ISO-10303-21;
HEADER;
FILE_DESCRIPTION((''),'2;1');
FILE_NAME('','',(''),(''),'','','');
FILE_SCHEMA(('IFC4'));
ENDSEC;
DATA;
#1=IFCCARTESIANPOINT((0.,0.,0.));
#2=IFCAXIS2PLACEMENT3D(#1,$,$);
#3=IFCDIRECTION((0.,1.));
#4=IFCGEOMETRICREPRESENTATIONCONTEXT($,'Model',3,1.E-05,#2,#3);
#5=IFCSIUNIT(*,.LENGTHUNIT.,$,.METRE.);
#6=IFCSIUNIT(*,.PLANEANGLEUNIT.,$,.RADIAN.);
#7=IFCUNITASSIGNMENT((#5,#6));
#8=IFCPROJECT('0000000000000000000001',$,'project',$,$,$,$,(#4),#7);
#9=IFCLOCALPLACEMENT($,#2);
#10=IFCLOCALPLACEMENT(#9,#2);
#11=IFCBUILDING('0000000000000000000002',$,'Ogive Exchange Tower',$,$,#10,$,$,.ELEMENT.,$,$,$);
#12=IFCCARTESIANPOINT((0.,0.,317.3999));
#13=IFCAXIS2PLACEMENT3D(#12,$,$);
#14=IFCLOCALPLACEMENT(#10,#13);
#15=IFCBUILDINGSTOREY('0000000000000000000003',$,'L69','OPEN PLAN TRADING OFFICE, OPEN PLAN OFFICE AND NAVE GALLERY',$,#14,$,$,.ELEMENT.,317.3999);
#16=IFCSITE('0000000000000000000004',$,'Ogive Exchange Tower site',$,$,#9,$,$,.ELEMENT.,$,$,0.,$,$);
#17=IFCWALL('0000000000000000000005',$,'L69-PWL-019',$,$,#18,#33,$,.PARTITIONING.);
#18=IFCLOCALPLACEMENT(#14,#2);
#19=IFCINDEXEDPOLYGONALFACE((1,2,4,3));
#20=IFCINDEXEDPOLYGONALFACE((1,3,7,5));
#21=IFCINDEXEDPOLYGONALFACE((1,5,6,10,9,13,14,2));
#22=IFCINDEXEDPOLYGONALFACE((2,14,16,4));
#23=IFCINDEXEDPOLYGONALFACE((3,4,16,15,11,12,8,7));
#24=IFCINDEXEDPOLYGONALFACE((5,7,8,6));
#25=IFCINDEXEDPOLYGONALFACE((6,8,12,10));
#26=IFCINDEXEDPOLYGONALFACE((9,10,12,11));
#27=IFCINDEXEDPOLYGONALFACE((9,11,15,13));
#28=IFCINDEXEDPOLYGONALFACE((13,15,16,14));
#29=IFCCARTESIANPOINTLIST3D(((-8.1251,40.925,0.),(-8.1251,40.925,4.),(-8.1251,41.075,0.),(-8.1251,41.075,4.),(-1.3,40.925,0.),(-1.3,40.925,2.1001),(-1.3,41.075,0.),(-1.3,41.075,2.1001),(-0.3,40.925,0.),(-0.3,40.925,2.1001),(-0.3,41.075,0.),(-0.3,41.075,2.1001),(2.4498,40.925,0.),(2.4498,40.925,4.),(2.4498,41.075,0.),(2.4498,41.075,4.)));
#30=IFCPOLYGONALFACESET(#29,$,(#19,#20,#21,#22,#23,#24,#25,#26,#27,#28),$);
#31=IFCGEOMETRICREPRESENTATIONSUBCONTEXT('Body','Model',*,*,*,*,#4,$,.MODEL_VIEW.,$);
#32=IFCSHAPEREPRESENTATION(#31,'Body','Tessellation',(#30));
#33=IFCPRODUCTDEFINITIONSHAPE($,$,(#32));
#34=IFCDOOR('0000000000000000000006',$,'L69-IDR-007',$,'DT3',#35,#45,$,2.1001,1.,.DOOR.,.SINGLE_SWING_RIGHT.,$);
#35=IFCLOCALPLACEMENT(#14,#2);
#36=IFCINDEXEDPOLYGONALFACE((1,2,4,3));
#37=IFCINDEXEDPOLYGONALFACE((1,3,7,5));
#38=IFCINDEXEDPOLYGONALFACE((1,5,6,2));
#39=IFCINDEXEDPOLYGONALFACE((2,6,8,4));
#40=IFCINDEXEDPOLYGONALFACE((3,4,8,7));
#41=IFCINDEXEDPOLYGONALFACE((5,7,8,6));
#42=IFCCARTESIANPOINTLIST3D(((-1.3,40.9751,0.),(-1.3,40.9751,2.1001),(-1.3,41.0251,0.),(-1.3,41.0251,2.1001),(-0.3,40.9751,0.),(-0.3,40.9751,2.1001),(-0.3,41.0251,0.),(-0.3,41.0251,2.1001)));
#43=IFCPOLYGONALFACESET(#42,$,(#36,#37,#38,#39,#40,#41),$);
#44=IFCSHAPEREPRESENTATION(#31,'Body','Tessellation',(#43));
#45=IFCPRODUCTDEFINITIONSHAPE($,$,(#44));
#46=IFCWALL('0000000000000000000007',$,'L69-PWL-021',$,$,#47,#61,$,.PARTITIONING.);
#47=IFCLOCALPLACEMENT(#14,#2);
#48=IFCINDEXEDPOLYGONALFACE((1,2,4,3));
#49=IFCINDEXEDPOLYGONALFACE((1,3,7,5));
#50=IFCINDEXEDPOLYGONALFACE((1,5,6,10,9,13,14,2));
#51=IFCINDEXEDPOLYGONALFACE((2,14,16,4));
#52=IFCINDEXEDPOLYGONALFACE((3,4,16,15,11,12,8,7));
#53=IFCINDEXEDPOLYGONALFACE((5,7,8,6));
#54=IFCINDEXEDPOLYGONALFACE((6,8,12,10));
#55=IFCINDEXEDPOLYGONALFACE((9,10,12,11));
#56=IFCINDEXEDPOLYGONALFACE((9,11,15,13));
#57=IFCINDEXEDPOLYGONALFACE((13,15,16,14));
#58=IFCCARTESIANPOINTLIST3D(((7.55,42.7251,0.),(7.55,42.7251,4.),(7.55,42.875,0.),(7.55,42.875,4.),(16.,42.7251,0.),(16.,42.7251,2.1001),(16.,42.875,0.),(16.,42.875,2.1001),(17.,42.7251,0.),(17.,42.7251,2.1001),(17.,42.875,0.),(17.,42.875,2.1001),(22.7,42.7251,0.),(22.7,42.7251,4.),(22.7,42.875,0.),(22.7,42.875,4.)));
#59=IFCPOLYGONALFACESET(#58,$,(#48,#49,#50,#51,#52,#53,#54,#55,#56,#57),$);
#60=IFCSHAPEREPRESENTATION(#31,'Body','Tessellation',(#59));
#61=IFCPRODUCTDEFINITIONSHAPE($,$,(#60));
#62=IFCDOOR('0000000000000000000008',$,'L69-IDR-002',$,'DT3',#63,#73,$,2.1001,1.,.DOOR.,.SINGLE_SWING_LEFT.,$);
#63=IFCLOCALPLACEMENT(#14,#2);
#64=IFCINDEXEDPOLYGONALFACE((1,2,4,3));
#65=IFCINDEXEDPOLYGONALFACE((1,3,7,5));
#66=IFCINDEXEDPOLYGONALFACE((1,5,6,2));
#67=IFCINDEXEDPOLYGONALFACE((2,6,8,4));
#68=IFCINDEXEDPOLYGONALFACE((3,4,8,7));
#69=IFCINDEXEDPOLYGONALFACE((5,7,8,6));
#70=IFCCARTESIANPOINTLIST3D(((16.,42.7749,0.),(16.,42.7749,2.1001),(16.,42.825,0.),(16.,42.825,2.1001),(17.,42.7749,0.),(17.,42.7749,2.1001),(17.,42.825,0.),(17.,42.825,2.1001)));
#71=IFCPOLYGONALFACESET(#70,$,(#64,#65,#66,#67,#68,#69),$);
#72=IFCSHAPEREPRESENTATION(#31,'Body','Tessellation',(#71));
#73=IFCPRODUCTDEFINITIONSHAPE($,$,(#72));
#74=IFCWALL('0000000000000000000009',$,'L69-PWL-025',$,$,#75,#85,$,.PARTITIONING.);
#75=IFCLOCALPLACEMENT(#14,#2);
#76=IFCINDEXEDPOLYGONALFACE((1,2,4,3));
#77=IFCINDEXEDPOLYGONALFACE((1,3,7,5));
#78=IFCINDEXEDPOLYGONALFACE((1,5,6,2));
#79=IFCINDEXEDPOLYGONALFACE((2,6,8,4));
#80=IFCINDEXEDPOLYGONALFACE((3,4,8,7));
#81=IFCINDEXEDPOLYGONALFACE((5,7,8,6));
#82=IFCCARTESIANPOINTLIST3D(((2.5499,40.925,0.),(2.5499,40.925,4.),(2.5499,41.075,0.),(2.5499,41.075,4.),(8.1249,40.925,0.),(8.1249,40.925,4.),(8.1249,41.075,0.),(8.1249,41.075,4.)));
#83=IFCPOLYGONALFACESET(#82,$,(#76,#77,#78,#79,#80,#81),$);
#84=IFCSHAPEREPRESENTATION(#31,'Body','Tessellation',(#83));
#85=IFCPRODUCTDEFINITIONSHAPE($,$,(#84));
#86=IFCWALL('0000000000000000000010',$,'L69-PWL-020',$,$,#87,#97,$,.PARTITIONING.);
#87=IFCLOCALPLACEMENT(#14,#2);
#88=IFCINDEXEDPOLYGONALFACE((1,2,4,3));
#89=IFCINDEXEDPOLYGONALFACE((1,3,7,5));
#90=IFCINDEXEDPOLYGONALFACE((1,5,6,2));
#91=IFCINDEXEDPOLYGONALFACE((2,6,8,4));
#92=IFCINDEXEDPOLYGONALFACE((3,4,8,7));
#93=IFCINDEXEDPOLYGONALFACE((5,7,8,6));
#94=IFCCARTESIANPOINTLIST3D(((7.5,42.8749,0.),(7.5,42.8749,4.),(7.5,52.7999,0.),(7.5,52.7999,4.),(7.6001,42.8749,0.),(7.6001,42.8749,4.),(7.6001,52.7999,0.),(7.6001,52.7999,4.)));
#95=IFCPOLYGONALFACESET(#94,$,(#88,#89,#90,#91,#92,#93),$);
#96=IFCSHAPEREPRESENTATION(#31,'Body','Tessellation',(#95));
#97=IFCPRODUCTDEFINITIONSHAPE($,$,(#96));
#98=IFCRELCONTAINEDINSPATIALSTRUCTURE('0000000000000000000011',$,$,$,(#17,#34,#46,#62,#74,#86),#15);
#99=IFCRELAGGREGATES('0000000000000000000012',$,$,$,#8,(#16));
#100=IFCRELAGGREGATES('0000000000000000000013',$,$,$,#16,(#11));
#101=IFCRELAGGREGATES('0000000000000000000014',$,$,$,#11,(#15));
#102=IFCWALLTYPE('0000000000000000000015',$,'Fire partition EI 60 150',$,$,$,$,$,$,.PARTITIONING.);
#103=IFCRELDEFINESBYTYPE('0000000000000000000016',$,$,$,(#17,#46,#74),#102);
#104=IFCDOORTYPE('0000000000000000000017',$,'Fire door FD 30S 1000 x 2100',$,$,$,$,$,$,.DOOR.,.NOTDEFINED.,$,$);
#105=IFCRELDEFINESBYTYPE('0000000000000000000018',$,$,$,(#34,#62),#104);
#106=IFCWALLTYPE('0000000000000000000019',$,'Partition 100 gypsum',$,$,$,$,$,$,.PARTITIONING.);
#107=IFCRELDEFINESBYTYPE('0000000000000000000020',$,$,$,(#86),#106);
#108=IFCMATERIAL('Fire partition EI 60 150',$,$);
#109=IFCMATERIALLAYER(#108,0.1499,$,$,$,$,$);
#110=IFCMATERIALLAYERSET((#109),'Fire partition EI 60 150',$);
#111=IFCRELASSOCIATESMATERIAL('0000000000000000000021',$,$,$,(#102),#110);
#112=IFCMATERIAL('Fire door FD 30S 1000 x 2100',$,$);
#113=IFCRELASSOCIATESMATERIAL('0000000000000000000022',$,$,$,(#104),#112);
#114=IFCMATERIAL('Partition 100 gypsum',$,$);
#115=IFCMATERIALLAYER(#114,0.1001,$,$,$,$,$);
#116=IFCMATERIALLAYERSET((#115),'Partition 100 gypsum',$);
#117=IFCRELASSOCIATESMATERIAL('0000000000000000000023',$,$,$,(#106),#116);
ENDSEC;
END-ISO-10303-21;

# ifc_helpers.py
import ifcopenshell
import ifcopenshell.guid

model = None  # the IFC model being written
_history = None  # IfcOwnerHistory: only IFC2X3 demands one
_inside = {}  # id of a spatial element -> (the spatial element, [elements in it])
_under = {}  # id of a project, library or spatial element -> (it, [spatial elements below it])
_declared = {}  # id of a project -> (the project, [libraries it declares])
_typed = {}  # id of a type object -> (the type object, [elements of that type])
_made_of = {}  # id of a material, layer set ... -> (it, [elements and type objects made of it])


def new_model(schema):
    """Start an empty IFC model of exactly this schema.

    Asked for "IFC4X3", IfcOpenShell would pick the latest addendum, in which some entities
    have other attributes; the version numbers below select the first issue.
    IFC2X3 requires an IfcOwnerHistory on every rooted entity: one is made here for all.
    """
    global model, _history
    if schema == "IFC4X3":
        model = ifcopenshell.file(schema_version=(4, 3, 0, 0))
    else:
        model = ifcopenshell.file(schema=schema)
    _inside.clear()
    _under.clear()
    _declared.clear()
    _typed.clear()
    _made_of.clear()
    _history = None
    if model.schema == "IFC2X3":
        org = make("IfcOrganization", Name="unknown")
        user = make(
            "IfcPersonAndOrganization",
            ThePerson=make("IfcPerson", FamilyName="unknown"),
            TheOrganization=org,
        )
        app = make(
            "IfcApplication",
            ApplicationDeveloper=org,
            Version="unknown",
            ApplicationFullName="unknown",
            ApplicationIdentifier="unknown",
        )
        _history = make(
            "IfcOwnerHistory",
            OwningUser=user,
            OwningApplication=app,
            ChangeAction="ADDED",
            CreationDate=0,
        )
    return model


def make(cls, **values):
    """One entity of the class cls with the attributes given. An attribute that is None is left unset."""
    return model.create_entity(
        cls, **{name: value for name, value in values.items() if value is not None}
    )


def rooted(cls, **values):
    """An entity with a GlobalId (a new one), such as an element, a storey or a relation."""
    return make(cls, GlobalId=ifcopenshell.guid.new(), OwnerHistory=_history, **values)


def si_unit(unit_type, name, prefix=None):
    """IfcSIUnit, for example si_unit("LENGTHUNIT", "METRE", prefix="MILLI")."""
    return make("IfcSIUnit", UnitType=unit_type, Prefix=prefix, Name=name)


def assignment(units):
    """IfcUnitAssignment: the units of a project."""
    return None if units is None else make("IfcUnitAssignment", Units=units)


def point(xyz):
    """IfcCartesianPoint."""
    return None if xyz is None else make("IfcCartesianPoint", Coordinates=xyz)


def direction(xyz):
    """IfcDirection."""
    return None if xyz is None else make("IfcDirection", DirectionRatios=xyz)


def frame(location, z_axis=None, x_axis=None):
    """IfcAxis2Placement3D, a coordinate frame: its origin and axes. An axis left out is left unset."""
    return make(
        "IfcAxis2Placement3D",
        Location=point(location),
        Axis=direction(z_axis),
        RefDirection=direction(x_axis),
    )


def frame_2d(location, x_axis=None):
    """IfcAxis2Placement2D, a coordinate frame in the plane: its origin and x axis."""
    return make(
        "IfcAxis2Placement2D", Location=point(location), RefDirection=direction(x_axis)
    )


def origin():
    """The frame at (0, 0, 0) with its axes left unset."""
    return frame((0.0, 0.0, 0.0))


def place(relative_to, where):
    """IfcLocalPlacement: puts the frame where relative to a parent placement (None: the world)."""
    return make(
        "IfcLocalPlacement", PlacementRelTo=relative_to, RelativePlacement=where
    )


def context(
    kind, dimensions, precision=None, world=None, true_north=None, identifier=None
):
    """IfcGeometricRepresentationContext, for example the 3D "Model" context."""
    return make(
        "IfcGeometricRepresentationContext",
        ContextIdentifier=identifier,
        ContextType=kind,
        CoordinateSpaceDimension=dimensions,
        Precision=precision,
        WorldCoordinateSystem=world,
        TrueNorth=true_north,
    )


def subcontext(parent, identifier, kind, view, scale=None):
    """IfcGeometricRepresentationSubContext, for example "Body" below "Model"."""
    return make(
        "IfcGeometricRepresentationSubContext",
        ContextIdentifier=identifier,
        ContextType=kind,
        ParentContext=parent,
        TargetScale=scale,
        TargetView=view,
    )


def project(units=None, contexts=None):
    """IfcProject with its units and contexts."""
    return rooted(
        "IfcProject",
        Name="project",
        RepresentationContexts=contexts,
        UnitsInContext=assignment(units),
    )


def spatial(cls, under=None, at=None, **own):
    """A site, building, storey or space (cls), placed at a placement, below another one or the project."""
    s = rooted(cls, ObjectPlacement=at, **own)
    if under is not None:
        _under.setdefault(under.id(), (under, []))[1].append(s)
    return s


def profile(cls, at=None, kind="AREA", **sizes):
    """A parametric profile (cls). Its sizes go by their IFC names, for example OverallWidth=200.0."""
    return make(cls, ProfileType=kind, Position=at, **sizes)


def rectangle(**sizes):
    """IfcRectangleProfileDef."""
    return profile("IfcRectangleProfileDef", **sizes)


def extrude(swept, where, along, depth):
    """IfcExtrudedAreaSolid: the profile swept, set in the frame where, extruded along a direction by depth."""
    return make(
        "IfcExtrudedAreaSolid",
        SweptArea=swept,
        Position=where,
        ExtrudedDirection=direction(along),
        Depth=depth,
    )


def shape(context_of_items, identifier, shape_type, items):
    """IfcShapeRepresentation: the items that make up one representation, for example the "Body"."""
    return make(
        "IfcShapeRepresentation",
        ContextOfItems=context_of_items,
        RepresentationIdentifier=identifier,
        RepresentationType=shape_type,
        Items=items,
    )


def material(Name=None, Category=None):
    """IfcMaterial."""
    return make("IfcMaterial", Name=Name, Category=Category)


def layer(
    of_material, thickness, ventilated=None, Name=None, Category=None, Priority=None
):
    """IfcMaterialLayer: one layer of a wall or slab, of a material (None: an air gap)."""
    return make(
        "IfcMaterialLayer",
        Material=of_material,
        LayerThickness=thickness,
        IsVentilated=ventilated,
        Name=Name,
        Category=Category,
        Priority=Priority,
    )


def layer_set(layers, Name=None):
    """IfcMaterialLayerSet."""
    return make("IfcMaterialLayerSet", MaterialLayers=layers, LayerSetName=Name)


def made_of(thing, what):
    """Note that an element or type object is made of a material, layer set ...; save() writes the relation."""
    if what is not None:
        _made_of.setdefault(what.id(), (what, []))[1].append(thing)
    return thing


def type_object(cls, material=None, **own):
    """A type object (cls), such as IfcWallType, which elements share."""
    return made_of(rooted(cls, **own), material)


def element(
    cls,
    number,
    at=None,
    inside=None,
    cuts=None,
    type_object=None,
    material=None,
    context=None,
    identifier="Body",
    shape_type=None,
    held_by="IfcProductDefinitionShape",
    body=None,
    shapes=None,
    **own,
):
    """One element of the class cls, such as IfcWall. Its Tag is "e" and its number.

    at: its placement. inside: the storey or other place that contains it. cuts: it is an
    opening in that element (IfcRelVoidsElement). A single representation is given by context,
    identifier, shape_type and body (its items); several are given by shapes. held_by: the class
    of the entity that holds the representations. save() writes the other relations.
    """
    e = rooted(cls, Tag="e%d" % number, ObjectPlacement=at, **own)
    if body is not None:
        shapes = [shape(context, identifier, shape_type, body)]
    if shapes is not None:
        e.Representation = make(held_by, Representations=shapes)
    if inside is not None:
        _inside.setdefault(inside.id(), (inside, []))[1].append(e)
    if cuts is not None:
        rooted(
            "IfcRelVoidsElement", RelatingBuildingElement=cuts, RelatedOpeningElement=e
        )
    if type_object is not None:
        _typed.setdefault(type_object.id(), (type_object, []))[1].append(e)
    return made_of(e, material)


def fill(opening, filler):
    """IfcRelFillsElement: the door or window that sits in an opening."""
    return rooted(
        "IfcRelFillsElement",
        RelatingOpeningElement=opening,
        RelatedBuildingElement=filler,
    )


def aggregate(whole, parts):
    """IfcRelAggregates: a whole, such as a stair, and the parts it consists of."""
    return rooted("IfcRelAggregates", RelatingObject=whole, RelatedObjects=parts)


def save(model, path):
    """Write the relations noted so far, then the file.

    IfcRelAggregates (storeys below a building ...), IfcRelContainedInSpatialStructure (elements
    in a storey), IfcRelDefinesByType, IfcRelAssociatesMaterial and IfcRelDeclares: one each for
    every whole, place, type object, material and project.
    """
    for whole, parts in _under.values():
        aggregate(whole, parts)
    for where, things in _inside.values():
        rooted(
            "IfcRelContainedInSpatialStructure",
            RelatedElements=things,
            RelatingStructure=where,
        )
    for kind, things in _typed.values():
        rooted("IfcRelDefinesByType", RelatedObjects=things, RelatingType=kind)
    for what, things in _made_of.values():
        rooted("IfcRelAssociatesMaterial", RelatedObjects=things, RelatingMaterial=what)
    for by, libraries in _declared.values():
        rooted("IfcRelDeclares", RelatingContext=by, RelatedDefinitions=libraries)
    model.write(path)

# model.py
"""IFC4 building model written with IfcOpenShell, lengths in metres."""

from ifc_helpers import new_model, si_unit, direction, frame, frame_2d, origin, place, context, subcontext, project, spatial, rectangle, extrude, material, layer, layer_set, type_object, element, fill, save


model = new_model("IFC4")

# Units and contexts
model_context = context("Model", 3, precision=1e-05, world=origin(), true_north=direction((0.0, 1.0)))
body_context = subcontext(model_context, "Body", "Model", "MODEL_VIEW")
ifc_project = project(units=[si_unit("LENGTHUNIT", "METRE"), si_unit("PLANEANGLEUNIT", "RADIAN")], contexts=[model_context])

# Site, building, storey
site_placement = place(None, origin())
site = spatial("IfcSite", under=ifc_project, at=site_placement, Name="Ogive Exchange Tower site", CompositionType="ELEMENT", RefElevation=0.0)
building_placement = place(site_placement, origin())
building = spatial("IfcBuilding", under=site, at=building_placement, Name="Ogive Exchange Tower", CompositionType="ELEMENT")
storey_placement = place(building_placement, frame((0.0, 0.0, 317.3999)))
storey = spatial("IfcBuildingStorey", under=building, at=storey_placement, Name="L69", Description="OPEN PLAN TRADING OFFICE, OPEN PLAN OFFICE AND NAVE GALLERY", CompositionType="ELEMENT", Elevation=317.3999)

# Walls, openings, doors
ifc_material_1 = material(Name="Fire partition EI 60 150")
ifc_layer_1 = layer(ifc_material_1, 0.1499)
ifc_layer_set_1 = layer_set([ifc_layer_1], Name="Fire partition EI 60 150")
wall_type_1 = type_object("IfcWallType", Name="Fire partition EI 60 150", PredefinedType="PARTITIONING", material=ifc_layer_set_1)
wall_1_placement = place(storey_placement, frame((2.45, 41.0, 0.0), z_axis=(0.0, 0.0, 1.0), x_axis=(-1.0, 0.0, 0.0)))
wall_1 = element("IfcWall", 1, at=wall_1_placement, inside=storey, type_object=wall_type_1, Name="L69-PWL-019", PredefinedType="PARTITIONING", context=body_context, shape_type="SweptSolid", body=[
    extrude(rectangle(XDim=10.575, YDim=0.1499, at=frame_2d((5.2876, 0.0))), origin(), (0.0, 0.0, 1.0), 4.0),
])
opening_1_placement = place(wall_1_placement, frame((2.75, 0.0, 0.0)))
opening_1 = element("IfcOpeningElement", 2, at=opening_1_placement, cuts=wall_1, PredefinedType="OPENING", context=body_context, shape_type="SweptSolid", body=[
    extrude(rectangle(XDim=1.0, YDim=2.1001, at=frame_2d((0.5, 1.05))), frame((0.0, 0.085, 0.0), z_axis=(0.0, -1.0, 0.0), x_axis=(1.0, 0.0, 0.0)), (0.0, 0.0, 1.0), 0.1699),
])
ifc_material_2 = material(Name="Fire door FD 30S 1000 x 2100")
door_type = type_object("IfcDoorType", Name="Fire door FD 30S 1000 x 2100", OperationType="NOTDEFINED", PredefinedType="DOOR", material=ifc_material_2)
door_1_placement = place(opening_1_placement, origin())
door_1 = element("IfcDoor", 3, at=door_1_placement, inside=storey, type_object=door_type, Name="L69-IDR-007", ObjectType="DT3", OperationType="SINGLE_SWING_RIGHT", OverallHeight=2.1001, OverallWidth=1.0, PredefinedType="DOOR", context=body_context, shape_type="SweptSolid", body=[
    extrude(rectangle(XDim=1.0, YDim=2.1001, at=frame_2d((0.5, 1.05))), frame((0.0, 0.0249, 0.0), z_axis=(0.0, -1.0, 0.0), x_axis=(1.0, 0.0, 0.0)), (0.0, 0.0, 1.0), 0.05),
])
fill(opening_1, door_1)
wall_2_placement = place(storey_placement, frame((7.55, 42.8, 0.0), z_axis=(0.0, 0.0, 1.0), x_axis=(1.0, 0.0, 0.0)))
wall_2 = element("IfcWall", 4, at=wall_2_placement, inside=storey, type_object=wall_type_1, Name="L69-PWL-021", PredefinedType="PARTITIONING", context=body_context, shape_type="SweptSolid", body=[
    extrude(rectangle(XDim=15.1499, YDim=0.1499, at=frame_2d((7.575, 0.0))), origin(), (0.0, 0.0, 1.0), 4.0),
])
opening_2_placement = place(wall_2_placement, frame((8.45, 0.0, 0.0)))
opening_2 = element("IfcOpeningElement", 5, at=opening_2_placement, cuts=wall_2, PredefinedType="OPENING", context=body_context, shape_type="SweptSolid", body=[
    extrude(rectangle(XDim=1.0, YDim=2.1001, at=frame_2d((0.5, 1.05))), frame((0.0, 0.085, 0.0), z_axis=(0.0, -1.0, 0.0), x_axis=(1.0, 0.0, 0.0)), (0.0, 0.0, 1.0), 0.1699),
])
door_2_placement = place(opening_2_placement, origin())
door_2 = element("IfcDoor", 6, at=door_2_placement, inside=storey, type_object=door_type, Name="L69-IDR-002", ObjectType="DT3", OperationType="SINGLE_SWING_LEFT", OverallHeight=2.1001, OverallWidth=1.0, PredefinedType="DOOR", context=body_context, shape_type="SweptSolid", body=[
    extrude(rectangle(XDim=1.0, YDim=2.1001, at=frame_2d((0.5, 1.05))), frame((0.0, 0.0249, 0.0), z_axis=(0.0, -1.0, 0.0), x_axis=(1.0, 0.0, 0.0)), (0.0, 0.0, 1.0), 0.05),
])
fill(opening_2, door_2)

# Walls
wall_3_placement = place(storey_placement, frame((8.125, 41.0, 0.0), z_axis=(0.0, 0.0, 1.0), x_axis=(-1.0, 0.0, 0.0)))
element("IfcWall", 7, at=wall_3_placement, inside=storey, type_object=wall_type_1, Name="L69-PWL-025", PredefinedType="PARTITIONING", context=body_context, shape_type="SweptSolid", body=[
    extrude(rectangle(XDim=5.575, YDim=0.1499, at=frame_2d((2.7876, 0.0))), origin(), (0.0, 0.0, 1.0), 4.0),
])
ifc_material_3 = material(Name="Partition 100 gypsum")
ifc_layer_2 = layer(ifc_material_3, 0.1001)
ifc_layer_set_2 = layer_set([ifc_layer_2], Name="Partition 100 gypsum")
wall_type_2 = type_object("IfcWallType", Name="Partition 100 gypsum", PredefinedType="PARTITIONING", material=ifc_layer_set_2)
wall_4_placement = place(storey_placement, frame((7.55, 42.875, 0.0), z_axis=(0.0, 0.0, 1.0), x_axis=(0.0, 1.0, 0.0)))
element("IfcWall", 8, at=wall_4_placement, inside=storey, type_object=wall_type_2, Name="L69-PWL-020", PredefinedType="PARTITIONING", context=body_context, shape_type="SweptSolid", body=[
    extrude(rectangle(XDim=9.925, YDim=0.1001, at=frame_2d((4.9624, 0.0))), origin(), (0.0, 0.0, 1.0), 4.0),
])

save(model, "model.ifc")
